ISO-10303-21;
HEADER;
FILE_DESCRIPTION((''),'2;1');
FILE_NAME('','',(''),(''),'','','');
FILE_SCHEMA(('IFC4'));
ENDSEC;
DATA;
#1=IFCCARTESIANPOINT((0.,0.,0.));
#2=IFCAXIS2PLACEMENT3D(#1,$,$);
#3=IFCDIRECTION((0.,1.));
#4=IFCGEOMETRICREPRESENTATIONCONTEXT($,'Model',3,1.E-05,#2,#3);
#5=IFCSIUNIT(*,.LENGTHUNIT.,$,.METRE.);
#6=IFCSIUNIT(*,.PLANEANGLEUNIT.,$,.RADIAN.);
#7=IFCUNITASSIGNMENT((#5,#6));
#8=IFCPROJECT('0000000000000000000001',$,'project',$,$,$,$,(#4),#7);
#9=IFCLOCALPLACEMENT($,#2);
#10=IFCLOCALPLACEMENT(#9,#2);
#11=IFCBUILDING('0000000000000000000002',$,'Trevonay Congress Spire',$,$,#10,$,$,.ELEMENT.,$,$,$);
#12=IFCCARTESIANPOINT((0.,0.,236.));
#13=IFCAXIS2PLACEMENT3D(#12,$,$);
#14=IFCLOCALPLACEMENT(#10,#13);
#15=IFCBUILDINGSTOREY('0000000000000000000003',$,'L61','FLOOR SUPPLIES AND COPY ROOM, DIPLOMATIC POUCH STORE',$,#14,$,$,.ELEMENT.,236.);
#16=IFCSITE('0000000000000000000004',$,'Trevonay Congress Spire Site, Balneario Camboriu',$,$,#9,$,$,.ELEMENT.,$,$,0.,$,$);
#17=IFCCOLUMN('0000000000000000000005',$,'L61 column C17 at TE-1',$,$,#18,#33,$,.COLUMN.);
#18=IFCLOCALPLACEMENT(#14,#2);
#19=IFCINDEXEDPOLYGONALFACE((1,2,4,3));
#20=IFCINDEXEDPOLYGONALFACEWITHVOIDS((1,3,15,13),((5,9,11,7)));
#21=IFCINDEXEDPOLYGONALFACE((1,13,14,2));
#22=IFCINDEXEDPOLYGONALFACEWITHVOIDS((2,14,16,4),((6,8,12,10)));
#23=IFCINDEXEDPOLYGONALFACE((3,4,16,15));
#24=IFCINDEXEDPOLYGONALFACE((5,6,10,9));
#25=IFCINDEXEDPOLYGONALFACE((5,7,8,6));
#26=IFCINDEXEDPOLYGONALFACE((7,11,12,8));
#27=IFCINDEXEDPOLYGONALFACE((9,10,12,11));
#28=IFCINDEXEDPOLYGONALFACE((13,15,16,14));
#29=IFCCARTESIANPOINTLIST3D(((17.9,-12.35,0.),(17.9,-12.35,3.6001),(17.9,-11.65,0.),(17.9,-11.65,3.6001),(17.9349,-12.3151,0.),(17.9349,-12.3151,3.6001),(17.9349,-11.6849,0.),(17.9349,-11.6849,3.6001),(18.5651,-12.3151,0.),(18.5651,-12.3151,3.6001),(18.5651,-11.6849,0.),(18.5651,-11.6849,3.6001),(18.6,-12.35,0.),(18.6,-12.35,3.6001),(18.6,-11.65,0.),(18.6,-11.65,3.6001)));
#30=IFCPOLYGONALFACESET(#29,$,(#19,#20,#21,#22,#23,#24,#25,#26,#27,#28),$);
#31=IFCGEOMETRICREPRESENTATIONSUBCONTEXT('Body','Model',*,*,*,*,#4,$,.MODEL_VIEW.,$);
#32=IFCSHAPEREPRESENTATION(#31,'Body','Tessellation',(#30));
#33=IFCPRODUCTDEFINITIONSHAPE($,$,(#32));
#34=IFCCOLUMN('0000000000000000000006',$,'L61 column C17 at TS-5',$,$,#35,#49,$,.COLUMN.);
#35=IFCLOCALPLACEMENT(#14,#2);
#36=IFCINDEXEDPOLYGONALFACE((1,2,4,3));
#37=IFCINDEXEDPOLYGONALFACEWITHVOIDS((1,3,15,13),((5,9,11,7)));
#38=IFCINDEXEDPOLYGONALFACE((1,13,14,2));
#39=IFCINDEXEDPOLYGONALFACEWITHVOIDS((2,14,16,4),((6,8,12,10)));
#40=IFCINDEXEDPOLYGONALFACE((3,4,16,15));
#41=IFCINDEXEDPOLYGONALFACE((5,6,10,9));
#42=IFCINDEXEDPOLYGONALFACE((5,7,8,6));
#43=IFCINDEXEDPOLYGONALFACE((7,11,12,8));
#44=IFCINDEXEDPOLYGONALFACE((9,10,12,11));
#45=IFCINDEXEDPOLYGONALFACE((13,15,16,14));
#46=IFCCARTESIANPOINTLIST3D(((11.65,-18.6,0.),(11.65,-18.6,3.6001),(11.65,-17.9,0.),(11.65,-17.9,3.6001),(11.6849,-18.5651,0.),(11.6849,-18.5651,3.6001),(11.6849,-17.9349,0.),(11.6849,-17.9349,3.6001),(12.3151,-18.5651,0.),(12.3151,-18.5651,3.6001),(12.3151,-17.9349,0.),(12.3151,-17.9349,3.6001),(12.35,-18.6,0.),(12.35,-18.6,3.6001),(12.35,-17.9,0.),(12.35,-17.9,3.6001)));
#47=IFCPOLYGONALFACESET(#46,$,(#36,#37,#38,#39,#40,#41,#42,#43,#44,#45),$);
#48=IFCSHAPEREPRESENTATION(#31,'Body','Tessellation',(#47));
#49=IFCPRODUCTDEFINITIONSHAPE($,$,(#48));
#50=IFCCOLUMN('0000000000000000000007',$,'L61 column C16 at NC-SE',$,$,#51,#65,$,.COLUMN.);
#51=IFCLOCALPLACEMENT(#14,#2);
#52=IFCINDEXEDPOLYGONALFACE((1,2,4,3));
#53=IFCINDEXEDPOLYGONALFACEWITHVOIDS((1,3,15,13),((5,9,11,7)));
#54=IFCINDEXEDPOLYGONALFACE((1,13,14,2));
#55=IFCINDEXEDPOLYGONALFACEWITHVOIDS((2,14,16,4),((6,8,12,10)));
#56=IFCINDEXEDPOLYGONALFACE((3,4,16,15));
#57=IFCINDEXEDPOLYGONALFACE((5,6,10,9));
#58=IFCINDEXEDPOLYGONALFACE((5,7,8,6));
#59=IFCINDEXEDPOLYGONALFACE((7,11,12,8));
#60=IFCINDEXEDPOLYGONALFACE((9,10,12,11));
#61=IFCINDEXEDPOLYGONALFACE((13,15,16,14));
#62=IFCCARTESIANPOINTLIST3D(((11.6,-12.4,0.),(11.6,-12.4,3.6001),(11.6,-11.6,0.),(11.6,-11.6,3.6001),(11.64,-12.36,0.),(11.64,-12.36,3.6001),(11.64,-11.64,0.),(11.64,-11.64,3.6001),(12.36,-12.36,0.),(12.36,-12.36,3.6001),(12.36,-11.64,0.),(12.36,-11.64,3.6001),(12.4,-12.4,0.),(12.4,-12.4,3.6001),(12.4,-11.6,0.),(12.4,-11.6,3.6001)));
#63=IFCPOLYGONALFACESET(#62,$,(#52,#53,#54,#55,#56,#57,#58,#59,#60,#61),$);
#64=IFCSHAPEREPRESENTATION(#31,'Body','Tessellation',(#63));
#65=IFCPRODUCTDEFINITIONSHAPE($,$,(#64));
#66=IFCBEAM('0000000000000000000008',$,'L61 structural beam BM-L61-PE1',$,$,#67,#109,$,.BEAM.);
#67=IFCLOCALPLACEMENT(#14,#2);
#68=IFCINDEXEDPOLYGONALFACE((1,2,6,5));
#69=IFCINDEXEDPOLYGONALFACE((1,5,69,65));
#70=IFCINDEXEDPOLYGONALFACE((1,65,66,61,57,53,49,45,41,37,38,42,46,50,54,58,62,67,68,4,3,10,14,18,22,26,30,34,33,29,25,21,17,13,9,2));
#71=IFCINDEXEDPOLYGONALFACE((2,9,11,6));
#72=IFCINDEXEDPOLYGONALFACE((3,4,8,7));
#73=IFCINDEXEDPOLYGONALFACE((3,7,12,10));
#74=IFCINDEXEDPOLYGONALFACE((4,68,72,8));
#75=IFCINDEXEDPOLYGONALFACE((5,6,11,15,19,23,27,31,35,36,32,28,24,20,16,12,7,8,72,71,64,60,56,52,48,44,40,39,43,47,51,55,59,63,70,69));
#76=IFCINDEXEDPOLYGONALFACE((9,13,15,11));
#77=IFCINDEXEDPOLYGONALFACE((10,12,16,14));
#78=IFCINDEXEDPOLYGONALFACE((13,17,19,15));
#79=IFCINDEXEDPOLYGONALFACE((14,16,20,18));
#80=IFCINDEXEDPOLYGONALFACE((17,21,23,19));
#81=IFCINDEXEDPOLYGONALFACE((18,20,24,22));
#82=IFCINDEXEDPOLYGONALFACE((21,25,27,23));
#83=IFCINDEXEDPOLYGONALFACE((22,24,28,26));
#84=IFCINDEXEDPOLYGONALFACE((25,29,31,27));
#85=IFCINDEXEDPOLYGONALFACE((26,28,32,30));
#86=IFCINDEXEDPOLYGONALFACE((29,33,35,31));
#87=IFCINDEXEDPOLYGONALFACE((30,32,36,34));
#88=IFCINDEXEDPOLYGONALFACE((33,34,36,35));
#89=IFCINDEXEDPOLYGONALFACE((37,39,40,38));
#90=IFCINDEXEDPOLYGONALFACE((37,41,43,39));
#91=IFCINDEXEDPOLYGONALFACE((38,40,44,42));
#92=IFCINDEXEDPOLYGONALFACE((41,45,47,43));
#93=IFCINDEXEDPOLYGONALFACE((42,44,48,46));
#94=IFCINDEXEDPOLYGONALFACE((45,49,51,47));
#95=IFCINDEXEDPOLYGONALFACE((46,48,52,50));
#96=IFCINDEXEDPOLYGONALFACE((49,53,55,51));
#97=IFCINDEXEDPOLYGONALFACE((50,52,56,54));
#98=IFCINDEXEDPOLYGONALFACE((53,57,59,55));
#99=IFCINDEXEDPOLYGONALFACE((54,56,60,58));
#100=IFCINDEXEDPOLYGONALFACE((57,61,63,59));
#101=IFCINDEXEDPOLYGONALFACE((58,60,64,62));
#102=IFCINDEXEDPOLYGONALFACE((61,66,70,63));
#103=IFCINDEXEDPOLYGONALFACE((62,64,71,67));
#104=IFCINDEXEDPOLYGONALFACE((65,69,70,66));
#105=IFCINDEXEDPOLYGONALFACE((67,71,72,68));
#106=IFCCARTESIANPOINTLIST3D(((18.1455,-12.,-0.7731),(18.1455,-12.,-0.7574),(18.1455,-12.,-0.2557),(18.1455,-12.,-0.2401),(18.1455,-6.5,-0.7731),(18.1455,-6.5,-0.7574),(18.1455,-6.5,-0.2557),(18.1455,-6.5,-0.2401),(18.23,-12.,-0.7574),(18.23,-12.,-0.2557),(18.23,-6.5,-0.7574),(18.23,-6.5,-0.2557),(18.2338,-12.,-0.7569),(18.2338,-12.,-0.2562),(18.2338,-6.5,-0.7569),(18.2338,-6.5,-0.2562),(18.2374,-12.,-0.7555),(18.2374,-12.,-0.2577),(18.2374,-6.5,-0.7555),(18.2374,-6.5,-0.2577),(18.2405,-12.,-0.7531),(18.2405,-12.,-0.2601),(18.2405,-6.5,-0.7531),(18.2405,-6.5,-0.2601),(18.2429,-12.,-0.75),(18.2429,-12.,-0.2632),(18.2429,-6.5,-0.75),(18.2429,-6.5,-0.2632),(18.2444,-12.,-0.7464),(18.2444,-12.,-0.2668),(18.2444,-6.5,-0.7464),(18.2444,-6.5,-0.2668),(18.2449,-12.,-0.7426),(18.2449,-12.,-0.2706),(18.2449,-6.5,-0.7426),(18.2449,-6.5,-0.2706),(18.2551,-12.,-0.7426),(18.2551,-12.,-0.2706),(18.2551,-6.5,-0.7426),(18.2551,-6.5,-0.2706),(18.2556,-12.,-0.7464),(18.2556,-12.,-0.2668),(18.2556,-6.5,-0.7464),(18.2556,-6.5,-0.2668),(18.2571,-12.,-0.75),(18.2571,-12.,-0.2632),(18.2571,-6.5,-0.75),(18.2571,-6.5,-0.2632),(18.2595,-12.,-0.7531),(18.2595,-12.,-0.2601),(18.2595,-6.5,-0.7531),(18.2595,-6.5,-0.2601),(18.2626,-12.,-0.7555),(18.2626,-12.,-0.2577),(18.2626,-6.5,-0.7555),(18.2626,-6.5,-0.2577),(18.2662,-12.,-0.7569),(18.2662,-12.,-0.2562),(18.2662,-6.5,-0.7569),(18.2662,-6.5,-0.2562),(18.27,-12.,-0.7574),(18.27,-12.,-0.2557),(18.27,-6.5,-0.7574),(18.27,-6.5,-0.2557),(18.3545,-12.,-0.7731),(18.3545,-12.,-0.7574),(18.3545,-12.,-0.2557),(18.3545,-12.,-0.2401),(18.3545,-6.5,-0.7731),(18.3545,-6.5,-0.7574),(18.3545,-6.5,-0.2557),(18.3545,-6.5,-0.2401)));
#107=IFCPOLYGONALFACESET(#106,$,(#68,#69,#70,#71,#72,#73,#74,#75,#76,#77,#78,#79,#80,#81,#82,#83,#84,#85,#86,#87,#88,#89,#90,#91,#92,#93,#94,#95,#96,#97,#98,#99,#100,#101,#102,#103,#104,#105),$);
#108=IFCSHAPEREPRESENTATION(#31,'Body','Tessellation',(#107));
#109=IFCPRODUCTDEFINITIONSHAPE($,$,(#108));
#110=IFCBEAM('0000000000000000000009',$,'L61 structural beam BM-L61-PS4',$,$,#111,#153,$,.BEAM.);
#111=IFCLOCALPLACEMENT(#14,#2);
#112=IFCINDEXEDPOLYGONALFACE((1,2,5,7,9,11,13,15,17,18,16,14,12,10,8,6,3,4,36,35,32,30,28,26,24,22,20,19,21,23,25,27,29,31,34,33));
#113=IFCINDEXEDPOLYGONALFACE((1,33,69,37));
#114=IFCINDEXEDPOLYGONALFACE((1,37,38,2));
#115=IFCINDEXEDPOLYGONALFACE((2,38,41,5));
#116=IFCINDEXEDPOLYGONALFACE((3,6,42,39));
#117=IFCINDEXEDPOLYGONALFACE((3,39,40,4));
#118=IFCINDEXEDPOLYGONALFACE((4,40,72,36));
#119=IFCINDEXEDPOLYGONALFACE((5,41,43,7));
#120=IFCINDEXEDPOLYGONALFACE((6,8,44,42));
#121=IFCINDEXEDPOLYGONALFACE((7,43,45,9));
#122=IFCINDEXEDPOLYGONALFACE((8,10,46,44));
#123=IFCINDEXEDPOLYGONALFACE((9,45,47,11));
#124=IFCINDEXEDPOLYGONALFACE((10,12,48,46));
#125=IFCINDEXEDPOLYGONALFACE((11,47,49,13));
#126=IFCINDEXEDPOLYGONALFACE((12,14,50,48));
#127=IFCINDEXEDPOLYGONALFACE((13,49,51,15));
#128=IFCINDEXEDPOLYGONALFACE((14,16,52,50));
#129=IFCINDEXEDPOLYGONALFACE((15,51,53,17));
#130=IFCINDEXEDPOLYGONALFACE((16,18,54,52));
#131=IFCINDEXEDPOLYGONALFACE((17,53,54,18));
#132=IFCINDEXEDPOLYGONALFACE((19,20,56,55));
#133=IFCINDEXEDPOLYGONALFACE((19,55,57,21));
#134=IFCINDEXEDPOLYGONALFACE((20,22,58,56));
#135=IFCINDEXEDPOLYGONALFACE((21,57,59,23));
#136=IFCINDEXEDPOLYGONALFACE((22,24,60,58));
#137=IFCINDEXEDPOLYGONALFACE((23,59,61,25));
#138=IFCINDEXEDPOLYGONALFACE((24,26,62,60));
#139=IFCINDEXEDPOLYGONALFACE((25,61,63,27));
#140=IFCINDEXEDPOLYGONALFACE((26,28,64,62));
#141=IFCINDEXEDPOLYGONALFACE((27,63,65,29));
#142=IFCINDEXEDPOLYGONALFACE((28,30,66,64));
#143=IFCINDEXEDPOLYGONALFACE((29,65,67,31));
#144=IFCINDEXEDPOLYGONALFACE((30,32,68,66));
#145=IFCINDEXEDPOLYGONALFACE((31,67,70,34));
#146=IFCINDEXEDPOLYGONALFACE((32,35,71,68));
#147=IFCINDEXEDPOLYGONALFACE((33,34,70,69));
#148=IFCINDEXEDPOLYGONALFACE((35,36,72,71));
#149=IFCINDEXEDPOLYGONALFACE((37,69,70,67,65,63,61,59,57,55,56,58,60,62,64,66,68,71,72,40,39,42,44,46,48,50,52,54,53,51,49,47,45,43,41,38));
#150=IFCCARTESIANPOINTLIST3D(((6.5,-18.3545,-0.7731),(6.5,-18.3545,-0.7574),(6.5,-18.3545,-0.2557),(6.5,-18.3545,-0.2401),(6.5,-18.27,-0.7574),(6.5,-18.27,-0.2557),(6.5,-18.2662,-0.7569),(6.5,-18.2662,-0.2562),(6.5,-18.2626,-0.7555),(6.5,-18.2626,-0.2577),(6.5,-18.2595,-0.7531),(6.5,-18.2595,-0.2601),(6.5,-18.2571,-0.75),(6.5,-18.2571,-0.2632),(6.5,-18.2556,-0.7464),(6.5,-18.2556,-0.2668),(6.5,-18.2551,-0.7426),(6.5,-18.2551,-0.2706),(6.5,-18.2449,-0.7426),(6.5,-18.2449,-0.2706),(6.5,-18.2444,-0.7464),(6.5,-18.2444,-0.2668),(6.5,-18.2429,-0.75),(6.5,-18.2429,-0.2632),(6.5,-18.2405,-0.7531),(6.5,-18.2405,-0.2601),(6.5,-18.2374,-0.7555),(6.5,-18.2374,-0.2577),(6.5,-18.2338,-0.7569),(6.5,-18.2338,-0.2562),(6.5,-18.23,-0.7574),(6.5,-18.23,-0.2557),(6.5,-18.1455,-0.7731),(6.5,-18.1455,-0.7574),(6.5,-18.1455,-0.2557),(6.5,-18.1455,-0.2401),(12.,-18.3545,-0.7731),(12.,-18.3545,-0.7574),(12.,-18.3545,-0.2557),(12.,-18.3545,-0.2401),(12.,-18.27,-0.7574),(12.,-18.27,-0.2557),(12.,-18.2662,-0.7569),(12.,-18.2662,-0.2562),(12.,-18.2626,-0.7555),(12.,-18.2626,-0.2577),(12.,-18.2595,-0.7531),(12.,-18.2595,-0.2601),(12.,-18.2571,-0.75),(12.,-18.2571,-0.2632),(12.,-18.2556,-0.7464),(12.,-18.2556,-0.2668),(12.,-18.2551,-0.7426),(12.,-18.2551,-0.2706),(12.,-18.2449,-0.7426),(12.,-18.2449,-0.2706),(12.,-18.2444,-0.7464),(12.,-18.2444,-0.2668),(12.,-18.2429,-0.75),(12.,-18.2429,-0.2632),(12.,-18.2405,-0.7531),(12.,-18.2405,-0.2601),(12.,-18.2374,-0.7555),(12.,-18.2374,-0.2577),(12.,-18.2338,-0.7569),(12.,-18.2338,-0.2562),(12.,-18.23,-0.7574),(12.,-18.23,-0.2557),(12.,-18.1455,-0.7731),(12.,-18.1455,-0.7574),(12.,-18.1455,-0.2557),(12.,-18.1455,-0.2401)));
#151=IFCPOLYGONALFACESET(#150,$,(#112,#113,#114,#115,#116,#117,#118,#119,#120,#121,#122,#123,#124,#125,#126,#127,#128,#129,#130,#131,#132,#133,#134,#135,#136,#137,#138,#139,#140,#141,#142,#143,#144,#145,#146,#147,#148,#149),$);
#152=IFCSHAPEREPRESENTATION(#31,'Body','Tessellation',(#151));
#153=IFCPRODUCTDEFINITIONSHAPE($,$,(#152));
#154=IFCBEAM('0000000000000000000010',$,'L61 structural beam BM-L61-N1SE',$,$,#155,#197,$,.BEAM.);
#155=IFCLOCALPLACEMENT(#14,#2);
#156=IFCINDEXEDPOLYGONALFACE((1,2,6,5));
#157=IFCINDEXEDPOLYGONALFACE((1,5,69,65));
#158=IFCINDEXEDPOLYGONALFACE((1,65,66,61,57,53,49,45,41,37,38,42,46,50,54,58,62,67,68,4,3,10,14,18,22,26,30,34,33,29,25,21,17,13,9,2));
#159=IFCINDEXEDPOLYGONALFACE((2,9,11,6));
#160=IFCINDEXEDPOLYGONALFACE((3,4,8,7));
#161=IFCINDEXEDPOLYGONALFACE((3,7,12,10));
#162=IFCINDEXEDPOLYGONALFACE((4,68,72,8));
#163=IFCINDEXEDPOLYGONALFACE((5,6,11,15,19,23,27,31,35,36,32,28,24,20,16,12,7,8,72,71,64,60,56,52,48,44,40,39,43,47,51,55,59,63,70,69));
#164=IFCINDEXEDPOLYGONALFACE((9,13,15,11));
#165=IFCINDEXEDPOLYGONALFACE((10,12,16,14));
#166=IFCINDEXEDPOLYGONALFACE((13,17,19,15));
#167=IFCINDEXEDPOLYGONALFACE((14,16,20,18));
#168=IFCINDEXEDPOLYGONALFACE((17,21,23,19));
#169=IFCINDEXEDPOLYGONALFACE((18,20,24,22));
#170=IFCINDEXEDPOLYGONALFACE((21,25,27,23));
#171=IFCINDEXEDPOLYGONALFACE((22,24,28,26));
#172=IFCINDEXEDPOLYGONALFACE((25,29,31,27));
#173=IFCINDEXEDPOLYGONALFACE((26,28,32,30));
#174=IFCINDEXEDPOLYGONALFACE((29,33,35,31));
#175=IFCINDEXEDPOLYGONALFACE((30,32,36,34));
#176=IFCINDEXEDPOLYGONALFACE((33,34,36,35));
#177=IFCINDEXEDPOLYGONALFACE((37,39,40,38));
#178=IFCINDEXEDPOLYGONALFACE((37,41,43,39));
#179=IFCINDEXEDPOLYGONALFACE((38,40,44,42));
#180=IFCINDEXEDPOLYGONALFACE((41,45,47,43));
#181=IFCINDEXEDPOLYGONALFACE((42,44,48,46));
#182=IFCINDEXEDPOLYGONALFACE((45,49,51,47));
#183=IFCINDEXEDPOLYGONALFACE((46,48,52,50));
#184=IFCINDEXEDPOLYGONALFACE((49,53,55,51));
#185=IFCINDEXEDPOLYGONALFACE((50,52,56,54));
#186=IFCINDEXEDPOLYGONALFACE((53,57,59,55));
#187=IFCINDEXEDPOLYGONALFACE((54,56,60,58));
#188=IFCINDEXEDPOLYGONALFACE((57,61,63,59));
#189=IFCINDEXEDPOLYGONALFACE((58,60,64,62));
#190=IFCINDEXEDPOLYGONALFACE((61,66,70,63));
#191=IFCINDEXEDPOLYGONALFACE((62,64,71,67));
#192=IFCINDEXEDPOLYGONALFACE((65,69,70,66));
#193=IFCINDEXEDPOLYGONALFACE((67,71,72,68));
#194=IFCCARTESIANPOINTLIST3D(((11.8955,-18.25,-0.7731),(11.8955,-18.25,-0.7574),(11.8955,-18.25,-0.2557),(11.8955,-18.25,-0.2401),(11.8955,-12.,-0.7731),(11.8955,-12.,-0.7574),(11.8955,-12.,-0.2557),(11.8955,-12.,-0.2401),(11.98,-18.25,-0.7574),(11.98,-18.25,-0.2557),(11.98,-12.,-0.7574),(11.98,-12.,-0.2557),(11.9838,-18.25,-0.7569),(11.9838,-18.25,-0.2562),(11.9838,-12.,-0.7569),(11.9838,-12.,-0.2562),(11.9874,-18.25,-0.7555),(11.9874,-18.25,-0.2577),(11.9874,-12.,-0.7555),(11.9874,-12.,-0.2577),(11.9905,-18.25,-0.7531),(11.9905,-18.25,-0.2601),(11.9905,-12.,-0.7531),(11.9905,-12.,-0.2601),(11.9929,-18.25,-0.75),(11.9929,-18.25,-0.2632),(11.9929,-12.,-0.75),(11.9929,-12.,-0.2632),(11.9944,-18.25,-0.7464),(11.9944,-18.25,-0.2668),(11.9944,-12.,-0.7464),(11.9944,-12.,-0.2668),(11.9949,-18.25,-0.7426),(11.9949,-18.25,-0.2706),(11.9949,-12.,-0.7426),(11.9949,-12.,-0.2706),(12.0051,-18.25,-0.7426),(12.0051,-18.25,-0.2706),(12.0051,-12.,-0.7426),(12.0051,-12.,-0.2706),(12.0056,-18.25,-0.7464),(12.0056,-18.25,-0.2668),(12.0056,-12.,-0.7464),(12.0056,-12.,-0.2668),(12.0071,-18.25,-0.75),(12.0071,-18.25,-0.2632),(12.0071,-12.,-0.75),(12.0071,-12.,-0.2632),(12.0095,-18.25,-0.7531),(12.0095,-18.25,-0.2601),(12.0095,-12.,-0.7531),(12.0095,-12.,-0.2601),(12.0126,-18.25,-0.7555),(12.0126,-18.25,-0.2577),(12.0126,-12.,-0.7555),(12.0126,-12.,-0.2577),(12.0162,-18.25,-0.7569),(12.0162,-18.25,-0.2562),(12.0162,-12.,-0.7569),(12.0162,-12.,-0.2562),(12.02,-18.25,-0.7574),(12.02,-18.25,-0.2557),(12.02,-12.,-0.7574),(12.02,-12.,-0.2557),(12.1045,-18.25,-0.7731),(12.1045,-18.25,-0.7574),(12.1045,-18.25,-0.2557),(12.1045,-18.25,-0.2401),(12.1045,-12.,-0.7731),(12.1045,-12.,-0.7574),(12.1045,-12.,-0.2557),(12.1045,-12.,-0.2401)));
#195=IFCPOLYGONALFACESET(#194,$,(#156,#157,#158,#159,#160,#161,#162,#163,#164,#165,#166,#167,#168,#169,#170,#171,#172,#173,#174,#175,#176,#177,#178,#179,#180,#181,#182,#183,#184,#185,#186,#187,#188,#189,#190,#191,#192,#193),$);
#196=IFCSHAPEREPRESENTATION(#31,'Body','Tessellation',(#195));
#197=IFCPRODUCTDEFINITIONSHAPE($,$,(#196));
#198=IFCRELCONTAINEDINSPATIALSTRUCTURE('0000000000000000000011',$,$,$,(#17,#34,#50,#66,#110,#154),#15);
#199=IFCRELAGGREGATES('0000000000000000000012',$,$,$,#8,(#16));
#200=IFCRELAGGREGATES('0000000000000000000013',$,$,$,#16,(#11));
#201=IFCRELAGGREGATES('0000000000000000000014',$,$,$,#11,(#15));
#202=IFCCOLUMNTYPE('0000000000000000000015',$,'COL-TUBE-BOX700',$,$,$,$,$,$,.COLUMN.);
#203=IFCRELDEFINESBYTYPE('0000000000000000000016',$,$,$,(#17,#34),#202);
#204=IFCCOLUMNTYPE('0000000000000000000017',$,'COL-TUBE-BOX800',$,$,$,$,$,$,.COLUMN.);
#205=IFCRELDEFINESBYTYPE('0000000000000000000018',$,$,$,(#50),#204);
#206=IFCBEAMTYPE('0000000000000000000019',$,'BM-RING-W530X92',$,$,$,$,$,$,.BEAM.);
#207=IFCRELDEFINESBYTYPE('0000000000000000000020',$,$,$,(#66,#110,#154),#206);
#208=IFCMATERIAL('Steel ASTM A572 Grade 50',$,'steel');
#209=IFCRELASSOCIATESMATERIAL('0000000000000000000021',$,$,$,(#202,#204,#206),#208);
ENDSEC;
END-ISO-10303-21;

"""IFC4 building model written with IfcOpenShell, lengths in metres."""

from ifc_helpers import new_model, si_unit, direction, frame, origin, origin_2d, place, context, subcontext, project, spatial, hollow_rectangle, i_section, extrude, material, material_profile, profile_set, type_object, element, save


model = new_model("IFC4")

# Units and contexts
model_context = context("Model", 3, precision=1e-05, world=origin(), true_north=direction((0.0, 1.0)))
body_context = subcontext(model_context, "Body", "Model", "MODEL_VIEW")
ifc_project = project(units=[si_unit("LENGTHUNIT", "METRE"), si_unit("PLANEANGLEUNIT", "RADIAN")], contexts=[model_context])

# Site, building, storey
site_placement = place(None, origin())
site = spatial("IfcSite", under=ifc_project, at=site_placement, Name="Trevonay Congress Spire Site, Balneario Camboriu", CompositionType="ELEMENT", RefElevation=0.0)
building_placement = place(site_placement, origin())
building = spatial("IfcBuilding", under=site, at=building_placement, Name="Trevonay Congress Spire", CompositionType="ELEMENT")
storey_placement = place(building_placement, frame((0.0, 0.0, 236.0)))
storey = spatial("IfcBuildingStorey", under=building, at=storey_placement, Name="L61", Description="FLOOR SUPPLIES AND COPY ROOM, DIPLOMATIC POUCH STORE", CompositionType="ELEMENT", Elevation=236.0)

# Columns
ifc_material_1 = material(Name="Steel ASTM A572 Grade 50", Category="steel")
ifc_material_profile_1 = material_profile(ifc_material_1, hollow_rectangle(XDim=0.7, YDim=0.7, WallThickness=0.0349, at=origin_2d()), Name="BOX 700x700x35")
ifc_profile_set_1 = profile_set([ifc_material_profile_1], Name="Steel ASTM A572 Grade 50")
column_type_1 = type_object("IfcColumnType", Name="COL-TUBE-BOX700", PredefinedType="COLUMN", material=ifc_profile_set_1)
for number, where, z_axis, x_axis, name in (
    (1, (18.25, -12.0, 0.0), (0.0, 0.0, 1.0), (1.0, 0.0, 0.0), "L61 column C17 at TE-1"),
    (2, (12.0, -18.25, 0.0), (0.0, 0.0, 1.0), (1.0, 0.0, 0.0), "L61 column C17 at TS-5"),
):
    element("IfcColumn", number, at=place(storey_placement, frame(where, z_axis=z_axis, x_axis=x_axis)), inside=storey, type_object=column_type_1, Name=name, PredefinedType="COLUMN", context=body_context, shape_type="SweptSolid", body=[
        extrude(hollow_rectangle(XDim=0.7, YDim=0.7, WallThickness=0.0349, at=origin_2d()), origin(), (0.0, 0.0, 1.0), 3.6001),
    ])
ifc_material_profile_2 = material_profile(ifc_material_1, hollow_rectangle(XDim=0.8, YDim=0.8, WallThickness=0.04, at=origin_2d()), Name="BOX 800x800x40")
ifc_profile_set_2 = profile_set([ifc_material_profile_2], Name="Steel ASTM A572 Grade 50")
column_type_2 = type_object("IfcColumnType", Name="COL-TUBE-BOX800", PredefinedType="COLUMN", material=ifc_profile_set_2)
column_placement = place(storey_placement, frame((12.0, -12.0, 0.0), z_axis=(0.0, 0.0, 1.0), x_axis=(1.0, 0.0, 0.0)))
element("IfcColumn", 3, at=column_placement, inside=storey, type_object=column_type_2, Name="L61 column C16 at NC-SE", PredefinedType="COLUMN", context=body_context, shape_type="SweptSolid", body=[
    extrude(hollow_rectangle(XDim=0.8, YDim=0.8, WallThickness=0.04, at=origin_2d()), origin(), (0.0, 0.0, 1.0), 3.6001),
])

# Beams
ifc_material_profile_3 = material_profile(ifc_material_1, i_section(OverallWidth=0.209, OverallDepth=0.533, WebThickness=0.0103, FlangeThickness=0.0156, FilletRadius=0.0149, at=origin_2d()), Name="W530x92")
ifc_profile_set_3 = profile_set([ifc_material_profile_3], Name="Steel ASTM A572 Grade 50")
beam_type_1 = type_object("IfcBeamType", Name="BM-RING-W530X92", PredefinedType="BEAM", material=ifc_profile_set_3)
for number, where, z_axis, x_axis, name in (
    (4, (18.25, -12.0, -0.5066), (0.0, 1.0, 0.0), (-1.0, 0.0, 0.0), "L61 structural beam BM-L61-PE1"),
    (5, (6.5, -18.25, -0.5066), (1.0, 0.0, 0.0), (0.0, 1.0, 0.0), "L61 structural beam BM-L61-PS4"),
):
    element("IfcBeam", number, at=place(storey_placement, frame(where, z_axis=z_axis, x_axis=x_axis)), inside=storey, type_object=beam_type_1, Name=name, PredefinedType="BEAM", context=body_context, shape_type="SweptSolid", body=[
        extrude(i_section(OverallWidth=0.209, OverallDepth=0.533, WebThickness=0.0103, FlangeThickness=0.0156, FilletRadius=0.0149, at=origin_2d()), origin(), (0.0, 0.0, 1.0), 5.5),
    ])
for number, where, z_axis, x_axis, name in (
    (6, (12.0, -18.25, -0.5066), (0.0, 1.0, 0.0), (-1.0, 0.0, 0.0), "L61 structural beam BM-L61-N1SE"),
):
    element("IfcBeam", number, at=place(storey_placement, frame(where, z_axis=z_axis, x_axis=x_axis)), inside=storey, type_object=beam_type_1, Name=name, PredefinedType="BEAM", context=body_context, shape_type="SweptSolid", body=[
        extrude(i_section(OverallWidth=0.209, OverallDepth=0.533, WebThickness=0.0103, FlangeThickness=0.0156, FilletRadius=0.0149, at=origin_2d()), origin(), (0.0, 0.0, 1.0), 6.25),
    ])

save(model, "model.ifc")
